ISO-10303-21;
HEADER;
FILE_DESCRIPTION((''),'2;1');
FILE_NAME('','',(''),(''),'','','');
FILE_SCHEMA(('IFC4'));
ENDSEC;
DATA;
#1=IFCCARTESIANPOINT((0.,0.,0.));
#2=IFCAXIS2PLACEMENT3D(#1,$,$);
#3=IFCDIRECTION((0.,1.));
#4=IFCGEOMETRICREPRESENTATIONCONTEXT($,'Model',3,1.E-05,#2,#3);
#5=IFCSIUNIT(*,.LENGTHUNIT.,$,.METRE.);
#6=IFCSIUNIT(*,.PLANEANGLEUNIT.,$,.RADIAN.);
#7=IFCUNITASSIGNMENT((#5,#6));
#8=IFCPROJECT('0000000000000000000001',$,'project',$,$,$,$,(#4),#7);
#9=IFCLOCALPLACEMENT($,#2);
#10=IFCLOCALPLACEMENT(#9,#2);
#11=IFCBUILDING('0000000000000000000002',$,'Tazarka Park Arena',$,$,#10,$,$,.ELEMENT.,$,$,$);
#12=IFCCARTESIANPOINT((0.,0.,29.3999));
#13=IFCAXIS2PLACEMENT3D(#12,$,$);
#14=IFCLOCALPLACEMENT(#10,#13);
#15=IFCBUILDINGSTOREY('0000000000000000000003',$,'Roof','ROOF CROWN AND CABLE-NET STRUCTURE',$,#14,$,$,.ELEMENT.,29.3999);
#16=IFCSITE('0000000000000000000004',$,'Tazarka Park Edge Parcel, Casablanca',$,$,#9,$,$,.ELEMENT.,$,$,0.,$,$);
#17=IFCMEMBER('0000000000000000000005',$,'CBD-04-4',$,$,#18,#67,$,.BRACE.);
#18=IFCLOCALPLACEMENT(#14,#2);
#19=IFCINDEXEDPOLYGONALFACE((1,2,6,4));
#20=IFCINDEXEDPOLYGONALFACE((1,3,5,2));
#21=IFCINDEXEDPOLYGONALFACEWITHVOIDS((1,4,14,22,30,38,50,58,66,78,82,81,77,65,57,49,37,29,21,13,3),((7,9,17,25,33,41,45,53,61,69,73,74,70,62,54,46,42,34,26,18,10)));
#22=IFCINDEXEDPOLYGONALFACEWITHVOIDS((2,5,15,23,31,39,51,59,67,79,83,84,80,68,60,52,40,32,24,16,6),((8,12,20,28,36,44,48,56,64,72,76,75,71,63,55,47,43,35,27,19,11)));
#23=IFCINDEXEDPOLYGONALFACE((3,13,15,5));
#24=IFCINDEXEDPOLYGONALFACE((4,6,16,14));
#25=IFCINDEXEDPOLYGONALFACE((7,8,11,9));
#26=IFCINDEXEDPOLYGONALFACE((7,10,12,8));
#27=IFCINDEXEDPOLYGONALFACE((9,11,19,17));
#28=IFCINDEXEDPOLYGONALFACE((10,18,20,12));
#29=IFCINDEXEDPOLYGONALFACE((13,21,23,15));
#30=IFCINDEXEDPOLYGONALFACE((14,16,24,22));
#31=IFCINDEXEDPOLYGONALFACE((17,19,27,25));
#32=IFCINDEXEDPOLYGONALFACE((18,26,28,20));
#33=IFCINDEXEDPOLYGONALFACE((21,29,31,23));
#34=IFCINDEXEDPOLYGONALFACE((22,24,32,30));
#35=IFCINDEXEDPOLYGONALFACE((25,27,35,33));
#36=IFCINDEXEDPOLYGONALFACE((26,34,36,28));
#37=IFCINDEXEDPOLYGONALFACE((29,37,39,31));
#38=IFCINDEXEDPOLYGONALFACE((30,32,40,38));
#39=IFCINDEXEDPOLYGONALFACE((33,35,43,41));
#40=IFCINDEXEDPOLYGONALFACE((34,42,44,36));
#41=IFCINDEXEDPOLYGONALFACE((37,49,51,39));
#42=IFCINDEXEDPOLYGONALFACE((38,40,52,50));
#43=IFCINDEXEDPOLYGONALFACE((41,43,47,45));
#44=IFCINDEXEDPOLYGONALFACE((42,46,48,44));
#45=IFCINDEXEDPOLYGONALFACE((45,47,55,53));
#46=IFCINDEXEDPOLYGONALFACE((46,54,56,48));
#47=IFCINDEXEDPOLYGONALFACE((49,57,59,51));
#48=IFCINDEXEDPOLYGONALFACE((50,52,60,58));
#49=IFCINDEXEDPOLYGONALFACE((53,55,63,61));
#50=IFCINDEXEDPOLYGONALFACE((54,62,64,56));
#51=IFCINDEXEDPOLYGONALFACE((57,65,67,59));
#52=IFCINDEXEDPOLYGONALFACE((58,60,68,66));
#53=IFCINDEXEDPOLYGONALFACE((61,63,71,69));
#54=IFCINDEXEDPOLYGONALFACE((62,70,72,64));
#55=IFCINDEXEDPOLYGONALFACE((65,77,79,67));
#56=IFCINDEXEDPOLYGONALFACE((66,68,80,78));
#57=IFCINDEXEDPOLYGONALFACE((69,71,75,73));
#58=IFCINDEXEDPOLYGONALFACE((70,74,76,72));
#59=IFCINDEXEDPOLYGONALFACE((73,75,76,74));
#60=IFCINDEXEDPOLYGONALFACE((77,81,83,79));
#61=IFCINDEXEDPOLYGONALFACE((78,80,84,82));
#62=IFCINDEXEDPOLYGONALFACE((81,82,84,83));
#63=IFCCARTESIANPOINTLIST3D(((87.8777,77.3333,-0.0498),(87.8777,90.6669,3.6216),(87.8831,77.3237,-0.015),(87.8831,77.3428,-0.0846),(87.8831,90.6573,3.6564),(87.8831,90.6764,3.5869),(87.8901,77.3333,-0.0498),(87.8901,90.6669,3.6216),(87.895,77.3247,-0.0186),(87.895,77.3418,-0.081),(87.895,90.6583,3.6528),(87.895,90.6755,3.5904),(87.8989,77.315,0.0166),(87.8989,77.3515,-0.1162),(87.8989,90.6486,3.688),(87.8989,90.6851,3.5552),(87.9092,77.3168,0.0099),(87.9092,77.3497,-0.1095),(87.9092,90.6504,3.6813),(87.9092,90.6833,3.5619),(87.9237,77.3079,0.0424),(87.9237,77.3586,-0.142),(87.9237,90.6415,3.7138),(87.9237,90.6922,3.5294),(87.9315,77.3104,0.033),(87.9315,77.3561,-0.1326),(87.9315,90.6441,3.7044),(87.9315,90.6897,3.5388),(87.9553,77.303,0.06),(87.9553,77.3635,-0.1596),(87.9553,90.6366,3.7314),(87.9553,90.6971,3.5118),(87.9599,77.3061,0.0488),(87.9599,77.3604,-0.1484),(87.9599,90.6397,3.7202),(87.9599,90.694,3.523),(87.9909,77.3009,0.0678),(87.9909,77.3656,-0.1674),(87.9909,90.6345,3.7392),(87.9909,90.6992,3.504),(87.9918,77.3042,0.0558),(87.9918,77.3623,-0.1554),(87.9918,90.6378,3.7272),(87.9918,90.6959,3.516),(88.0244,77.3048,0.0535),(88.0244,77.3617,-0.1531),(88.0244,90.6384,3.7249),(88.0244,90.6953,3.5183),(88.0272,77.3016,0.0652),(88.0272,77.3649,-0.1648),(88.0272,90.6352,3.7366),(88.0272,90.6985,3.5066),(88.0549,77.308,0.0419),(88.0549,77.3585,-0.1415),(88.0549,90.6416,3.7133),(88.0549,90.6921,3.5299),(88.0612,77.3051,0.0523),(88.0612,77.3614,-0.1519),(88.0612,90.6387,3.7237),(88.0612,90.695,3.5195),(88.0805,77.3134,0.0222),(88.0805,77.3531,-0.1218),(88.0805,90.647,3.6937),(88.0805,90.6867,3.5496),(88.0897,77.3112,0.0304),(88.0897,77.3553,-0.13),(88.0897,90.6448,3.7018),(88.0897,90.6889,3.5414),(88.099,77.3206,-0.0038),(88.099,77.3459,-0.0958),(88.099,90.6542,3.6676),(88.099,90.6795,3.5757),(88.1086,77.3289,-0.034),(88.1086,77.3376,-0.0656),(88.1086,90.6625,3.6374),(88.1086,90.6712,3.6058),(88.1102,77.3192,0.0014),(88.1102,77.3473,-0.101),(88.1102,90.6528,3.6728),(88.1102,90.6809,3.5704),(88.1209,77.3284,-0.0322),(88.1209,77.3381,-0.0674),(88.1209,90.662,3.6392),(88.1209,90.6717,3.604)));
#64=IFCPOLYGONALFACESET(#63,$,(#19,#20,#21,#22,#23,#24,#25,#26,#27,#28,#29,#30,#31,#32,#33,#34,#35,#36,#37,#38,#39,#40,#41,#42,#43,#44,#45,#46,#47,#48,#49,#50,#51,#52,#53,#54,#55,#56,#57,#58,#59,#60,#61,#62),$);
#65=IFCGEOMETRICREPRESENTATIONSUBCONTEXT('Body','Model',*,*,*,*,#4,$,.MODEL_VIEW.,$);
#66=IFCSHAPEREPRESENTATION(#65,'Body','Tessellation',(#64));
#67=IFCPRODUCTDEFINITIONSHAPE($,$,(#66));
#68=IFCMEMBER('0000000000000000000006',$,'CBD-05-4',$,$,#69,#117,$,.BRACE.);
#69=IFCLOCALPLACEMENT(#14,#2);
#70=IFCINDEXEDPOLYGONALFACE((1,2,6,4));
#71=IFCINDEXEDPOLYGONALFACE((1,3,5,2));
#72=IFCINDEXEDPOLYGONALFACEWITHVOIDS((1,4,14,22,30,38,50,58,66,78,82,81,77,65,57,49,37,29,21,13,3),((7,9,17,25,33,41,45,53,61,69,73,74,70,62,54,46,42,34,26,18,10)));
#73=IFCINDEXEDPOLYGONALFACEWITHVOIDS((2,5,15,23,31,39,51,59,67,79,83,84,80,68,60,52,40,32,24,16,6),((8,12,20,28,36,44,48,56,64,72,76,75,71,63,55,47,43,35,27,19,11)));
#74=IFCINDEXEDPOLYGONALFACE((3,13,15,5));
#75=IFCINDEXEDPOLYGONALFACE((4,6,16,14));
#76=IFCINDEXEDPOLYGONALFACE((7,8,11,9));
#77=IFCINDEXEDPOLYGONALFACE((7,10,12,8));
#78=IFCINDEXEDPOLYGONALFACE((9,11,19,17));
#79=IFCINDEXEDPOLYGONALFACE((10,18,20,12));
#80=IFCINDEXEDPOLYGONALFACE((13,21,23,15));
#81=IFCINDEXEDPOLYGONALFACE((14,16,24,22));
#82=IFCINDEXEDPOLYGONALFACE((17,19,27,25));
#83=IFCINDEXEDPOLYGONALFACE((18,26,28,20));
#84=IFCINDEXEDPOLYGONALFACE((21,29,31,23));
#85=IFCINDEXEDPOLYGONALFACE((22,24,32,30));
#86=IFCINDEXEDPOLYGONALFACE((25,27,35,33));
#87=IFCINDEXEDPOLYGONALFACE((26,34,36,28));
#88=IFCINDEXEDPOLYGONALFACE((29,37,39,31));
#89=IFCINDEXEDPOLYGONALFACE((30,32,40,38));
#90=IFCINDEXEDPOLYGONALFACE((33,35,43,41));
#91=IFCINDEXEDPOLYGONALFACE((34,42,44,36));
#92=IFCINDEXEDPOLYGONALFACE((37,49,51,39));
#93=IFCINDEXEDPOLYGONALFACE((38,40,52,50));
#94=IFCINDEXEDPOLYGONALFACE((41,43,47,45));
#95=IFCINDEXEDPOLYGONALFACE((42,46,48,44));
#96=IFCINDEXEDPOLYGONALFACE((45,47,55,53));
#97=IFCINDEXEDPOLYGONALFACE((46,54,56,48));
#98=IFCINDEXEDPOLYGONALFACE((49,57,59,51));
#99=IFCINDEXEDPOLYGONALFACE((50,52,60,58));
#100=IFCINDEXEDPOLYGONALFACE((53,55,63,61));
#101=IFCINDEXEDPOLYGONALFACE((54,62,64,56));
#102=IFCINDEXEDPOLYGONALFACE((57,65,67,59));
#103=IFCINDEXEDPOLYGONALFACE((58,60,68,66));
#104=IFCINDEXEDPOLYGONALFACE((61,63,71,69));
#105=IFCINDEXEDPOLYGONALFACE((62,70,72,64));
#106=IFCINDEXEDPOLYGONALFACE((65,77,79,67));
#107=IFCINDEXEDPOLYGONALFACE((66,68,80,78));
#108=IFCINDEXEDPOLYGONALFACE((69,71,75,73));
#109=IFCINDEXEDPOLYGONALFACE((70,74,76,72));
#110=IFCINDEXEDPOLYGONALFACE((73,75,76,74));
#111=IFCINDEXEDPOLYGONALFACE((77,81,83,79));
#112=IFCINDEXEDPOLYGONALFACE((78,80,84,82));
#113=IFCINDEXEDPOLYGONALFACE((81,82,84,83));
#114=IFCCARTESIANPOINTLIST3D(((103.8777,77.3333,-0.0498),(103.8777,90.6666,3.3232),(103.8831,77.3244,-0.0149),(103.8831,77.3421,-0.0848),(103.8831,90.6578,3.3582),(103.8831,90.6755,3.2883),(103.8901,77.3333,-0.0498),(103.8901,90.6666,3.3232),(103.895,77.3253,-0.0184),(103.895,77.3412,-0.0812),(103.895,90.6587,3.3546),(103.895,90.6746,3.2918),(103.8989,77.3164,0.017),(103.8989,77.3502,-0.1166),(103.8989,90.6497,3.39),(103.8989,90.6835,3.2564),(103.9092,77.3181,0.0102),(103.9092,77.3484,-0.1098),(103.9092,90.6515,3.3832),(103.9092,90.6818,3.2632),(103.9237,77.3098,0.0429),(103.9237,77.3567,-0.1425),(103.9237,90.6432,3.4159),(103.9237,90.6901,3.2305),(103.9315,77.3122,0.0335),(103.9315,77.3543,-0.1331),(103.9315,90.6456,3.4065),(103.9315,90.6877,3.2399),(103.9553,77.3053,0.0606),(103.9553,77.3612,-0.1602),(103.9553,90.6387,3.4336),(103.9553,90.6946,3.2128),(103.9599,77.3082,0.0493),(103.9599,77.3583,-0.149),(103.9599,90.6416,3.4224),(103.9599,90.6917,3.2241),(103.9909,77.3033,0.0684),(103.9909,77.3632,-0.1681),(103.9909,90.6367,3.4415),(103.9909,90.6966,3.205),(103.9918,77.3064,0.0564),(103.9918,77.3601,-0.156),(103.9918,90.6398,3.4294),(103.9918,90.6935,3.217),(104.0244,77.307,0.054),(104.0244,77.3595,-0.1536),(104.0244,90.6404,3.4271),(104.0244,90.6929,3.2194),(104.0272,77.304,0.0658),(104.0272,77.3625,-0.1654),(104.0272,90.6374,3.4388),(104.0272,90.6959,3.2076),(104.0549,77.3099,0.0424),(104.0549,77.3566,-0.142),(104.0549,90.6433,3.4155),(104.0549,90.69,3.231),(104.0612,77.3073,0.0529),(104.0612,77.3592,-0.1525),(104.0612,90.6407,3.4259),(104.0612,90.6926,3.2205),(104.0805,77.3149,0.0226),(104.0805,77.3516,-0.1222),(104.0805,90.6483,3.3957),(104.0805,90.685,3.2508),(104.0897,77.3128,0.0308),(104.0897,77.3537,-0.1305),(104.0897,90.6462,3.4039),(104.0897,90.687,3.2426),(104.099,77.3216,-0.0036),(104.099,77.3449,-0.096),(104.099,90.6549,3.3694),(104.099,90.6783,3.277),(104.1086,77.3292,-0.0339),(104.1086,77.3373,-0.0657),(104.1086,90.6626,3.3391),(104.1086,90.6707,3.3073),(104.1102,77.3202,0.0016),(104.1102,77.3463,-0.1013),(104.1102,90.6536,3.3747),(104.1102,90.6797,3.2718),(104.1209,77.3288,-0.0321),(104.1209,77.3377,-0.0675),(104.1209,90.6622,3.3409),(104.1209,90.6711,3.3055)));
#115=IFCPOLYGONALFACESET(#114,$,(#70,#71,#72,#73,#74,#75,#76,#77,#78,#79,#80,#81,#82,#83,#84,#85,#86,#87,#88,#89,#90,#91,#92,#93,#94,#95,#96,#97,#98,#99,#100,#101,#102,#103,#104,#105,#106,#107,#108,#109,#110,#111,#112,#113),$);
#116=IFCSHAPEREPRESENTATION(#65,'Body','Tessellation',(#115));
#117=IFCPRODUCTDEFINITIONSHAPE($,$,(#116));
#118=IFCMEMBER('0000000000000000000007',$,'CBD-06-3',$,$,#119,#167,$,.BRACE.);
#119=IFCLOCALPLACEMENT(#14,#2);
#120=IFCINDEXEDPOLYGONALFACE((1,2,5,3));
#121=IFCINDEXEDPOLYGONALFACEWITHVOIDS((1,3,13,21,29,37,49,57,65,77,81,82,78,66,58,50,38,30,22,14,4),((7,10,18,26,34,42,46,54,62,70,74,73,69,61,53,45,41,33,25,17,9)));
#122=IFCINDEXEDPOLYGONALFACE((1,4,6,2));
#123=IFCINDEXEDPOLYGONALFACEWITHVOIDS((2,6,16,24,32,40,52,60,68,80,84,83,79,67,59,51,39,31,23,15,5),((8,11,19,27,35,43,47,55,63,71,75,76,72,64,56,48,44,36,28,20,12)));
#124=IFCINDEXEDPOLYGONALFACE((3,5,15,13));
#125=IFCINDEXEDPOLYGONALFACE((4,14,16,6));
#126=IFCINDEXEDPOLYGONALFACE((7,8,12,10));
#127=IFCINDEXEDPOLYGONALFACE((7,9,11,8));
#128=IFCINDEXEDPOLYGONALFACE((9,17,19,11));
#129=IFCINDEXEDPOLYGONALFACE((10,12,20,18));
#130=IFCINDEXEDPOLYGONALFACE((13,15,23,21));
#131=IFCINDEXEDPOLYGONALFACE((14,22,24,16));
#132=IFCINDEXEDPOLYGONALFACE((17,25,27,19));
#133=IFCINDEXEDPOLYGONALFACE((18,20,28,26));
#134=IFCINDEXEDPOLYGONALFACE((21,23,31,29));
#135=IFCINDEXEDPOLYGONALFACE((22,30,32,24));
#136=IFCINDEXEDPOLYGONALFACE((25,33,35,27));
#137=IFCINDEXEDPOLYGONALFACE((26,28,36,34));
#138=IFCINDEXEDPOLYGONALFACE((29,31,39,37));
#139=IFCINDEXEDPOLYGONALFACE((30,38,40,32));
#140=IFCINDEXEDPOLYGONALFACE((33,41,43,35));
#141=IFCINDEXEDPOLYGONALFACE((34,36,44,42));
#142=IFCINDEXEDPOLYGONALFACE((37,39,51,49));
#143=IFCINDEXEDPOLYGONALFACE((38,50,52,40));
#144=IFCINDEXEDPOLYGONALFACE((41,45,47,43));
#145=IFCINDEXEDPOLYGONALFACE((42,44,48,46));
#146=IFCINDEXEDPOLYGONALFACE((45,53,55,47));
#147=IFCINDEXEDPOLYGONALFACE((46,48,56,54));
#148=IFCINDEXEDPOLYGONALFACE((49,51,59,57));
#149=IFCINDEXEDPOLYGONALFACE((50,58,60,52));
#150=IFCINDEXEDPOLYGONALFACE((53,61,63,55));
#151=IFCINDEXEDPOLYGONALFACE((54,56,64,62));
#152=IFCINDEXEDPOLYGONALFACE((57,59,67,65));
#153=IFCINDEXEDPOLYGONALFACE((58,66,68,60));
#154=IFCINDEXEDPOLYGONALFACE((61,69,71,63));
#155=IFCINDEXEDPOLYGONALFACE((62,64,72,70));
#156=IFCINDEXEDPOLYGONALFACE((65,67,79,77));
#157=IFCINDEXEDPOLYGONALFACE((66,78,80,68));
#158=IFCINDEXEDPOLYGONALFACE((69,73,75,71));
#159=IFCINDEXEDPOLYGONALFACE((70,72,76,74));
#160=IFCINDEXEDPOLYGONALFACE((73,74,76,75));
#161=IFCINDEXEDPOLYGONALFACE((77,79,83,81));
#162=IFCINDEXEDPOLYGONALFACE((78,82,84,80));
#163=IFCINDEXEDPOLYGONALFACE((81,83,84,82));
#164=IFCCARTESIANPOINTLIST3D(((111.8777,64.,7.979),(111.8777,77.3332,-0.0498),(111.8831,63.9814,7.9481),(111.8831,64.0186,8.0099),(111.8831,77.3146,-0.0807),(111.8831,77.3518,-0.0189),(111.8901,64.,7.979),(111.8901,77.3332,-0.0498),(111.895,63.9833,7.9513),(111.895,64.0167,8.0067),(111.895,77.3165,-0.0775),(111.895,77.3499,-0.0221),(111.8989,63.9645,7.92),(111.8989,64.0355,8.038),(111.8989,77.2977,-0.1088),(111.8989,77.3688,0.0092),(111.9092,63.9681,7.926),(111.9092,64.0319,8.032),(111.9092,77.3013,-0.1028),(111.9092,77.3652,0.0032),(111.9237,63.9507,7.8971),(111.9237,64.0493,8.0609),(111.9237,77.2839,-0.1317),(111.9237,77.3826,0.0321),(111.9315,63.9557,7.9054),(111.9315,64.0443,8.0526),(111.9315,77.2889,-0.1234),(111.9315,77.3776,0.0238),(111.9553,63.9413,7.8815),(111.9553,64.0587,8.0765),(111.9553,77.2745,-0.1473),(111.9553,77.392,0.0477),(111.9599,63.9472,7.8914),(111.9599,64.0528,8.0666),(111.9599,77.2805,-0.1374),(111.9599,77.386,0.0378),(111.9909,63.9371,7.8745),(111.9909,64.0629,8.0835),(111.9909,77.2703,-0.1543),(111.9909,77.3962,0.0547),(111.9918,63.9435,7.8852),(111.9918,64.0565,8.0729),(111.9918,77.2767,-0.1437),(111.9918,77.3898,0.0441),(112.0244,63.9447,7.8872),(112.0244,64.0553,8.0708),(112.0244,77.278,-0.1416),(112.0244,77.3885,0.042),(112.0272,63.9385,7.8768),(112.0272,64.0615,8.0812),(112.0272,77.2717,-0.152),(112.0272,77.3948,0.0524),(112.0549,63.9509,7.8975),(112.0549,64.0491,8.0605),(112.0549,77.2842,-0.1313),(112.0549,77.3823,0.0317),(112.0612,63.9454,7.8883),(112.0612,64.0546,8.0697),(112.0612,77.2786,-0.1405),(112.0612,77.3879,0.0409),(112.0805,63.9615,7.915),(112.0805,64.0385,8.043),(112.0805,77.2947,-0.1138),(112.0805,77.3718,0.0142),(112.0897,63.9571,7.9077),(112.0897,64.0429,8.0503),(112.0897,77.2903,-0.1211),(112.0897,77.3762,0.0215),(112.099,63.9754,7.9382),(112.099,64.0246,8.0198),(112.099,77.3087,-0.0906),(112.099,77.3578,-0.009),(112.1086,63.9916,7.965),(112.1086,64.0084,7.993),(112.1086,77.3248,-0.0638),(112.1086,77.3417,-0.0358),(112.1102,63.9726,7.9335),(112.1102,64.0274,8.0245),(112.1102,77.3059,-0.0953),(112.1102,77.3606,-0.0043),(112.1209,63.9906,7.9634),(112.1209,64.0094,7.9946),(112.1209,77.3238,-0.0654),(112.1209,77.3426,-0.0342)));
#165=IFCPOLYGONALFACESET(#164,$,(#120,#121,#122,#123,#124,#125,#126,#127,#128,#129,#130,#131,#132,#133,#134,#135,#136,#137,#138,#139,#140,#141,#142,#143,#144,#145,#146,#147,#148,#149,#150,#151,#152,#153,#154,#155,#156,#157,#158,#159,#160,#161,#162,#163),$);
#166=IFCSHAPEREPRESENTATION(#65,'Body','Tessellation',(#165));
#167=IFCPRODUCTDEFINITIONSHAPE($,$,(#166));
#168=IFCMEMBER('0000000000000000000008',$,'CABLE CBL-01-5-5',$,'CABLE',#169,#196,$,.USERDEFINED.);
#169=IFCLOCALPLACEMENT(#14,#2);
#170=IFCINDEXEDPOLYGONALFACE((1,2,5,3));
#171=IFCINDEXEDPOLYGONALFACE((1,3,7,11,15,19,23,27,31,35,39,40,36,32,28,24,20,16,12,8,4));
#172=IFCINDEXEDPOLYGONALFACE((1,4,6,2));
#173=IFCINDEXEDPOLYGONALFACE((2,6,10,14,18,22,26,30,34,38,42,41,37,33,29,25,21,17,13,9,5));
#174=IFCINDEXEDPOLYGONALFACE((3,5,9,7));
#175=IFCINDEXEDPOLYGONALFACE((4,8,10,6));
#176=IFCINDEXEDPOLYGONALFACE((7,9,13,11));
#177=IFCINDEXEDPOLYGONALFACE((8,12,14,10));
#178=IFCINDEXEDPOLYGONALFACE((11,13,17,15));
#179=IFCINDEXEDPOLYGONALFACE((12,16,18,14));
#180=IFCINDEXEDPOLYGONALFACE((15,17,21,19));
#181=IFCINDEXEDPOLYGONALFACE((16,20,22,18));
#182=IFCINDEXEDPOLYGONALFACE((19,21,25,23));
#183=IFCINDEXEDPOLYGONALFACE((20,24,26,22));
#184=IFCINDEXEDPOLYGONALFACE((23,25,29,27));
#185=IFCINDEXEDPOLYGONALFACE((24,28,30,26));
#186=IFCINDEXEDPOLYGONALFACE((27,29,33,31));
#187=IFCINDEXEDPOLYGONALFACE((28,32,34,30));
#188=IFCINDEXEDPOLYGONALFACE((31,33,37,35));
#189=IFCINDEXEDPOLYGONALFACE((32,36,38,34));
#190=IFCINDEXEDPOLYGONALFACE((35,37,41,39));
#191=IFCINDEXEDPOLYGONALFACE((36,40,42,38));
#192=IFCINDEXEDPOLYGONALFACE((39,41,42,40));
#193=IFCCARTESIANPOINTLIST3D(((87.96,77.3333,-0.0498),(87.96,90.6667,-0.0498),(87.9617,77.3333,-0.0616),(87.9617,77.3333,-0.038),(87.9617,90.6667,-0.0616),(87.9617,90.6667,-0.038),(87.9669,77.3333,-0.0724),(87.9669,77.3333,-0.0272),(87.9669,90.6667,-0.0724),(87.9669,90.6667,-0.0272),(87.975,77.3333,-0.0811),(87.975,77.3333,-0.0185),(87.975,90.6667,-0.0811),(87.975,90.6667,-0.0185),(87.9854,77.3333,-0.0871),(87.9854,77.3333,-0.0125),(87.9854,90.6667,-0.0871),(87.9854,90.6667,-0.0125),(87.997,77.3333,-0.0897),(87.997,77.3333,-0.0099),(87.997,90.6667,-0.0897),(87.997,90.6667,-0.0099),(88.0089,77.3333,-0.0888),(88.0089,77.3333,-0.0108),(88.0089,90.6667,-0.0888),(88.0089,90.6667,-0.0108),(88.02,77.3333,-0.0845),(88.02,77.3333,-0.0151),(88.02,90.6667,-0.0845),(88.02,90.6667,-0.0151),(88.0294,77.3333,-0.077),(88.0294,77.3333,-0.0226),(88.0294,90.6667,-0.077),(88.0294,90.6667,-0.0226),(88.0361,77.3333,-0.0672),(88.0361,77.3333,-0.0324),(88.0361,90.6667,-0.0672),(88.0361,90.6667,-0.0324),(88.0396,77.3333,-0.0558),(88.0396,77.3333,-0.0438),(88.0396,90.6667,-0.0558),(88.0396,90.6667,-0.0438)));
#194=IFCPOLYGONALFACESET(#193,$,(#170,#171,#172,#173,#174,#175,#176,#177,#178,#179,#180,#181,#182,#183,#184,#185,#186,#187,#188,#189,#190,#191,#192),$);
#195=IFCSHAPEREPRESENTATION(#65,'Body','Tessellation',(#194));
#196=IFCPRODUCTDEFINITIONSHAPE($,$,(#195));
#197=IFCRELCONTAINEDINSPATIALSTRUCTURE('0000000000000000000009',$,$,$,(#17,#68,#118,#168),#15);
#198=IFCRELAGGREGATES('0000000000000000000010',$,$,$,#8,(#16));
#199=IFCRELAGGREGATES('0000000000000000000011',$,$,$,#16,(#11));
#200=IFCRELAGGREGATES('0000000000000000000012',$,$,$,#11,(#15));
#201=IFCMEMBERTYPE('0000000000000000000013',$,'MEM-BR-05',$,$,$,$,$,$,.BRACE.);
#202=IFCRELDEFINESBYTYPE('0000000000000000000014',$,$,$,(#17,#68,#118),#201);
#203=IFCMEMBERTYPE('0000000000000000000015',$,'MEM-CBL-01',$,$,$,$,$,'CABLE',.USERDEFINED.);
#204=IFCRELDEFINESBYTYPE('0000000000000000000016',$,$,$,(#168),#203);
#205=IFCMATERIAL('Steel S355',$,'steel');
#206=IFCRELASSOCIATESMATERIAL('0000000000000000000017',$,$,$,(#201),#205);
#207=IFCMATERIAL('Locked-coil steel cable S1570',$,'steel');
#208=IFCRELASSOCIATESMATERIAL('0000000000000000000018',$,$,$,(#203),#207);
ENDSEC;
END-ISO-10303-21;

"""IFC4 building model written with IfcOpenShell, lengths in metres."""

from ifc_helpers import new_model, si_unit, direction, frame, origin, origin_2d, place, context, subcontext, project, spatial, circle, hollow_circle, extrude, material, material_profile, profile_set, type_object, element, save


model = new_model("IFC4")

# Units and contexts
model_context = context("Model", 3, precision=1e-05, world=origin(), true_north=direction((0.0, 1.0)))
body_context = subcontext(model_context, "Body", "Model", "MODEL_VIEW")
ifc_project = project(units=[si_unit("LENGTHUNIT", "METRE"), si_unit("PLANEANGLEUNIT", "RADIAN")], contexts=[model_context])

# Site, building, storey
site_placement = place(None, origin())
site = spatial("IfcSite", under=ifc_project, at=site_placement, Name="Tazarka Park Edge Parcel, Casablanca", CompositionType="ELEMENT", RefElevation=0.0)
building_placement = place(site_placement, origin())
building = spatial("IfcBuilding", under=site, at=building_placement, Name="Tazarka Park Arena", CompositionType="ELEMENT")
storey_placement = place(building_placement, frame((0.0, 0.0, 29.3999)))
storey = spatial("IfcBuildingStorey", under=building, at=storey_placement, Name="Roof", Description="ROOF CROWN AND CABLE-NET STRUCTURE", CompositionType="ELEMENT", Elevation=29.3999)

# Members
ifc_material_1 = material(Name="Steel S355", Category="steel")
ifc_material_profile_1 = material_profile(ifc_material_1, hollow_circle(Radius=0.1223, WallThickness=0.0125, at=origin_2d()), Name="Steel S355")
ifc_profile_set_1 = profile_set([ifc_material_profile_1], Name="Steel S355")
member_type_1 = type_object("IfcMemberType", Name="MEM-BR-05", PredefinedType="BRACE", material=ifc_profile_set_1)
member_1_placement = place(storey_placement, frame((88.0, 77.3333, -0.0498), z_axis=(0.0, 0.964119, 0.265471), x_axis=(-1.0, 0.0, 0.0)))
element("IfcMember", 1, at=member_1_placement, inside=storey, type_object=member_type_1, Name="CBD-04-4", PredefinedType="BRACE", context=body_context, shape_type="SweptSolid", body=[
    extrude(hollow_circle(Radius=0.1223, WallThickness=0.0125, at=origin_2d()), origin(), (0.0, 0.0, 1.0), 13.8298),
])
member_2_placement = place(storey_placement, frame((104.0, 77.3333, -0.0498), z_axis=(0.0, 0.96946, 0.24525), x_axis=(-1.0, 0.0, 0.0)))
element("IfcMember", 2, at=member_2_placement, inside=storey, type_object=member_type_1, Name="CBD-05-4", PredefinedType="BRACE", context=body_context, shape_type="SweptSolid", body=[
    extrude(hollow_circle(Radius=0.1223, WallThickness=0.0125, at=origin_2d()), origin(), (0.0, 0.0, 1.0), 13.7534),
])
member_3_placement = place(storey_placement, frame((112.0, 64.0, 7.979), z_axis=(0.0, 0.856674, -0.515858), x_axis=(-1.0, 0.0, 0.0)))
element("IfcMember", 3, at=member_3_placement, inside=storey, type_object=member_type_1, Name="CBD-06-3", PredefinedType="BRACE", context=body_context, shape_type="SweptSolid", body=[
    extrude(hollow_circle(Radius=0.1223, WallThickness=0.0125, at=origin_2d()), origin(), (0.0, 0.0, 1.0), 15.564),
])
ifc_material_2 = material(Name="Locked-coil steel cable S1570", Category="steel")
ifc_material_profile_2 = material_profile(ifc_material_2, circle(Radius=0.04, at=origin_2d()), Name="Locked-coil steel cable S1570")
ifc_profile_set_2 = profile_set([ifc_material_profile_2], Name="Locked-coil steel cable S1570")
member_type_2 = type_object("IfcMemberType", Name="MEM-CBL-01", ElementType="CABLE", PredefinedType="USERDEFINED", material=ifc_profile_set_2)
member_4_placement = place(storey_placement, frame((88.0, 77.3333, -0.0498), z_axis=(0.0, 1.0, 0.0), x_axis=(-1.0, 0.0, 0.0)))
element("IfcMember", 4, at=member_4_placement, inside=storey, type_object=member_type_2, Name="CABLE CBL-01-5-5", ObjectType="CABLE", PredefinedType="USERDEFINED", context=body_context, shape_type="SweptSolid", body=[
    extrude(circle(Radius=0.04, at=origin_2d()), origin(), (0.0, 0.0, 1.0), 13.3335),
])

save(model, "model.ifc")
